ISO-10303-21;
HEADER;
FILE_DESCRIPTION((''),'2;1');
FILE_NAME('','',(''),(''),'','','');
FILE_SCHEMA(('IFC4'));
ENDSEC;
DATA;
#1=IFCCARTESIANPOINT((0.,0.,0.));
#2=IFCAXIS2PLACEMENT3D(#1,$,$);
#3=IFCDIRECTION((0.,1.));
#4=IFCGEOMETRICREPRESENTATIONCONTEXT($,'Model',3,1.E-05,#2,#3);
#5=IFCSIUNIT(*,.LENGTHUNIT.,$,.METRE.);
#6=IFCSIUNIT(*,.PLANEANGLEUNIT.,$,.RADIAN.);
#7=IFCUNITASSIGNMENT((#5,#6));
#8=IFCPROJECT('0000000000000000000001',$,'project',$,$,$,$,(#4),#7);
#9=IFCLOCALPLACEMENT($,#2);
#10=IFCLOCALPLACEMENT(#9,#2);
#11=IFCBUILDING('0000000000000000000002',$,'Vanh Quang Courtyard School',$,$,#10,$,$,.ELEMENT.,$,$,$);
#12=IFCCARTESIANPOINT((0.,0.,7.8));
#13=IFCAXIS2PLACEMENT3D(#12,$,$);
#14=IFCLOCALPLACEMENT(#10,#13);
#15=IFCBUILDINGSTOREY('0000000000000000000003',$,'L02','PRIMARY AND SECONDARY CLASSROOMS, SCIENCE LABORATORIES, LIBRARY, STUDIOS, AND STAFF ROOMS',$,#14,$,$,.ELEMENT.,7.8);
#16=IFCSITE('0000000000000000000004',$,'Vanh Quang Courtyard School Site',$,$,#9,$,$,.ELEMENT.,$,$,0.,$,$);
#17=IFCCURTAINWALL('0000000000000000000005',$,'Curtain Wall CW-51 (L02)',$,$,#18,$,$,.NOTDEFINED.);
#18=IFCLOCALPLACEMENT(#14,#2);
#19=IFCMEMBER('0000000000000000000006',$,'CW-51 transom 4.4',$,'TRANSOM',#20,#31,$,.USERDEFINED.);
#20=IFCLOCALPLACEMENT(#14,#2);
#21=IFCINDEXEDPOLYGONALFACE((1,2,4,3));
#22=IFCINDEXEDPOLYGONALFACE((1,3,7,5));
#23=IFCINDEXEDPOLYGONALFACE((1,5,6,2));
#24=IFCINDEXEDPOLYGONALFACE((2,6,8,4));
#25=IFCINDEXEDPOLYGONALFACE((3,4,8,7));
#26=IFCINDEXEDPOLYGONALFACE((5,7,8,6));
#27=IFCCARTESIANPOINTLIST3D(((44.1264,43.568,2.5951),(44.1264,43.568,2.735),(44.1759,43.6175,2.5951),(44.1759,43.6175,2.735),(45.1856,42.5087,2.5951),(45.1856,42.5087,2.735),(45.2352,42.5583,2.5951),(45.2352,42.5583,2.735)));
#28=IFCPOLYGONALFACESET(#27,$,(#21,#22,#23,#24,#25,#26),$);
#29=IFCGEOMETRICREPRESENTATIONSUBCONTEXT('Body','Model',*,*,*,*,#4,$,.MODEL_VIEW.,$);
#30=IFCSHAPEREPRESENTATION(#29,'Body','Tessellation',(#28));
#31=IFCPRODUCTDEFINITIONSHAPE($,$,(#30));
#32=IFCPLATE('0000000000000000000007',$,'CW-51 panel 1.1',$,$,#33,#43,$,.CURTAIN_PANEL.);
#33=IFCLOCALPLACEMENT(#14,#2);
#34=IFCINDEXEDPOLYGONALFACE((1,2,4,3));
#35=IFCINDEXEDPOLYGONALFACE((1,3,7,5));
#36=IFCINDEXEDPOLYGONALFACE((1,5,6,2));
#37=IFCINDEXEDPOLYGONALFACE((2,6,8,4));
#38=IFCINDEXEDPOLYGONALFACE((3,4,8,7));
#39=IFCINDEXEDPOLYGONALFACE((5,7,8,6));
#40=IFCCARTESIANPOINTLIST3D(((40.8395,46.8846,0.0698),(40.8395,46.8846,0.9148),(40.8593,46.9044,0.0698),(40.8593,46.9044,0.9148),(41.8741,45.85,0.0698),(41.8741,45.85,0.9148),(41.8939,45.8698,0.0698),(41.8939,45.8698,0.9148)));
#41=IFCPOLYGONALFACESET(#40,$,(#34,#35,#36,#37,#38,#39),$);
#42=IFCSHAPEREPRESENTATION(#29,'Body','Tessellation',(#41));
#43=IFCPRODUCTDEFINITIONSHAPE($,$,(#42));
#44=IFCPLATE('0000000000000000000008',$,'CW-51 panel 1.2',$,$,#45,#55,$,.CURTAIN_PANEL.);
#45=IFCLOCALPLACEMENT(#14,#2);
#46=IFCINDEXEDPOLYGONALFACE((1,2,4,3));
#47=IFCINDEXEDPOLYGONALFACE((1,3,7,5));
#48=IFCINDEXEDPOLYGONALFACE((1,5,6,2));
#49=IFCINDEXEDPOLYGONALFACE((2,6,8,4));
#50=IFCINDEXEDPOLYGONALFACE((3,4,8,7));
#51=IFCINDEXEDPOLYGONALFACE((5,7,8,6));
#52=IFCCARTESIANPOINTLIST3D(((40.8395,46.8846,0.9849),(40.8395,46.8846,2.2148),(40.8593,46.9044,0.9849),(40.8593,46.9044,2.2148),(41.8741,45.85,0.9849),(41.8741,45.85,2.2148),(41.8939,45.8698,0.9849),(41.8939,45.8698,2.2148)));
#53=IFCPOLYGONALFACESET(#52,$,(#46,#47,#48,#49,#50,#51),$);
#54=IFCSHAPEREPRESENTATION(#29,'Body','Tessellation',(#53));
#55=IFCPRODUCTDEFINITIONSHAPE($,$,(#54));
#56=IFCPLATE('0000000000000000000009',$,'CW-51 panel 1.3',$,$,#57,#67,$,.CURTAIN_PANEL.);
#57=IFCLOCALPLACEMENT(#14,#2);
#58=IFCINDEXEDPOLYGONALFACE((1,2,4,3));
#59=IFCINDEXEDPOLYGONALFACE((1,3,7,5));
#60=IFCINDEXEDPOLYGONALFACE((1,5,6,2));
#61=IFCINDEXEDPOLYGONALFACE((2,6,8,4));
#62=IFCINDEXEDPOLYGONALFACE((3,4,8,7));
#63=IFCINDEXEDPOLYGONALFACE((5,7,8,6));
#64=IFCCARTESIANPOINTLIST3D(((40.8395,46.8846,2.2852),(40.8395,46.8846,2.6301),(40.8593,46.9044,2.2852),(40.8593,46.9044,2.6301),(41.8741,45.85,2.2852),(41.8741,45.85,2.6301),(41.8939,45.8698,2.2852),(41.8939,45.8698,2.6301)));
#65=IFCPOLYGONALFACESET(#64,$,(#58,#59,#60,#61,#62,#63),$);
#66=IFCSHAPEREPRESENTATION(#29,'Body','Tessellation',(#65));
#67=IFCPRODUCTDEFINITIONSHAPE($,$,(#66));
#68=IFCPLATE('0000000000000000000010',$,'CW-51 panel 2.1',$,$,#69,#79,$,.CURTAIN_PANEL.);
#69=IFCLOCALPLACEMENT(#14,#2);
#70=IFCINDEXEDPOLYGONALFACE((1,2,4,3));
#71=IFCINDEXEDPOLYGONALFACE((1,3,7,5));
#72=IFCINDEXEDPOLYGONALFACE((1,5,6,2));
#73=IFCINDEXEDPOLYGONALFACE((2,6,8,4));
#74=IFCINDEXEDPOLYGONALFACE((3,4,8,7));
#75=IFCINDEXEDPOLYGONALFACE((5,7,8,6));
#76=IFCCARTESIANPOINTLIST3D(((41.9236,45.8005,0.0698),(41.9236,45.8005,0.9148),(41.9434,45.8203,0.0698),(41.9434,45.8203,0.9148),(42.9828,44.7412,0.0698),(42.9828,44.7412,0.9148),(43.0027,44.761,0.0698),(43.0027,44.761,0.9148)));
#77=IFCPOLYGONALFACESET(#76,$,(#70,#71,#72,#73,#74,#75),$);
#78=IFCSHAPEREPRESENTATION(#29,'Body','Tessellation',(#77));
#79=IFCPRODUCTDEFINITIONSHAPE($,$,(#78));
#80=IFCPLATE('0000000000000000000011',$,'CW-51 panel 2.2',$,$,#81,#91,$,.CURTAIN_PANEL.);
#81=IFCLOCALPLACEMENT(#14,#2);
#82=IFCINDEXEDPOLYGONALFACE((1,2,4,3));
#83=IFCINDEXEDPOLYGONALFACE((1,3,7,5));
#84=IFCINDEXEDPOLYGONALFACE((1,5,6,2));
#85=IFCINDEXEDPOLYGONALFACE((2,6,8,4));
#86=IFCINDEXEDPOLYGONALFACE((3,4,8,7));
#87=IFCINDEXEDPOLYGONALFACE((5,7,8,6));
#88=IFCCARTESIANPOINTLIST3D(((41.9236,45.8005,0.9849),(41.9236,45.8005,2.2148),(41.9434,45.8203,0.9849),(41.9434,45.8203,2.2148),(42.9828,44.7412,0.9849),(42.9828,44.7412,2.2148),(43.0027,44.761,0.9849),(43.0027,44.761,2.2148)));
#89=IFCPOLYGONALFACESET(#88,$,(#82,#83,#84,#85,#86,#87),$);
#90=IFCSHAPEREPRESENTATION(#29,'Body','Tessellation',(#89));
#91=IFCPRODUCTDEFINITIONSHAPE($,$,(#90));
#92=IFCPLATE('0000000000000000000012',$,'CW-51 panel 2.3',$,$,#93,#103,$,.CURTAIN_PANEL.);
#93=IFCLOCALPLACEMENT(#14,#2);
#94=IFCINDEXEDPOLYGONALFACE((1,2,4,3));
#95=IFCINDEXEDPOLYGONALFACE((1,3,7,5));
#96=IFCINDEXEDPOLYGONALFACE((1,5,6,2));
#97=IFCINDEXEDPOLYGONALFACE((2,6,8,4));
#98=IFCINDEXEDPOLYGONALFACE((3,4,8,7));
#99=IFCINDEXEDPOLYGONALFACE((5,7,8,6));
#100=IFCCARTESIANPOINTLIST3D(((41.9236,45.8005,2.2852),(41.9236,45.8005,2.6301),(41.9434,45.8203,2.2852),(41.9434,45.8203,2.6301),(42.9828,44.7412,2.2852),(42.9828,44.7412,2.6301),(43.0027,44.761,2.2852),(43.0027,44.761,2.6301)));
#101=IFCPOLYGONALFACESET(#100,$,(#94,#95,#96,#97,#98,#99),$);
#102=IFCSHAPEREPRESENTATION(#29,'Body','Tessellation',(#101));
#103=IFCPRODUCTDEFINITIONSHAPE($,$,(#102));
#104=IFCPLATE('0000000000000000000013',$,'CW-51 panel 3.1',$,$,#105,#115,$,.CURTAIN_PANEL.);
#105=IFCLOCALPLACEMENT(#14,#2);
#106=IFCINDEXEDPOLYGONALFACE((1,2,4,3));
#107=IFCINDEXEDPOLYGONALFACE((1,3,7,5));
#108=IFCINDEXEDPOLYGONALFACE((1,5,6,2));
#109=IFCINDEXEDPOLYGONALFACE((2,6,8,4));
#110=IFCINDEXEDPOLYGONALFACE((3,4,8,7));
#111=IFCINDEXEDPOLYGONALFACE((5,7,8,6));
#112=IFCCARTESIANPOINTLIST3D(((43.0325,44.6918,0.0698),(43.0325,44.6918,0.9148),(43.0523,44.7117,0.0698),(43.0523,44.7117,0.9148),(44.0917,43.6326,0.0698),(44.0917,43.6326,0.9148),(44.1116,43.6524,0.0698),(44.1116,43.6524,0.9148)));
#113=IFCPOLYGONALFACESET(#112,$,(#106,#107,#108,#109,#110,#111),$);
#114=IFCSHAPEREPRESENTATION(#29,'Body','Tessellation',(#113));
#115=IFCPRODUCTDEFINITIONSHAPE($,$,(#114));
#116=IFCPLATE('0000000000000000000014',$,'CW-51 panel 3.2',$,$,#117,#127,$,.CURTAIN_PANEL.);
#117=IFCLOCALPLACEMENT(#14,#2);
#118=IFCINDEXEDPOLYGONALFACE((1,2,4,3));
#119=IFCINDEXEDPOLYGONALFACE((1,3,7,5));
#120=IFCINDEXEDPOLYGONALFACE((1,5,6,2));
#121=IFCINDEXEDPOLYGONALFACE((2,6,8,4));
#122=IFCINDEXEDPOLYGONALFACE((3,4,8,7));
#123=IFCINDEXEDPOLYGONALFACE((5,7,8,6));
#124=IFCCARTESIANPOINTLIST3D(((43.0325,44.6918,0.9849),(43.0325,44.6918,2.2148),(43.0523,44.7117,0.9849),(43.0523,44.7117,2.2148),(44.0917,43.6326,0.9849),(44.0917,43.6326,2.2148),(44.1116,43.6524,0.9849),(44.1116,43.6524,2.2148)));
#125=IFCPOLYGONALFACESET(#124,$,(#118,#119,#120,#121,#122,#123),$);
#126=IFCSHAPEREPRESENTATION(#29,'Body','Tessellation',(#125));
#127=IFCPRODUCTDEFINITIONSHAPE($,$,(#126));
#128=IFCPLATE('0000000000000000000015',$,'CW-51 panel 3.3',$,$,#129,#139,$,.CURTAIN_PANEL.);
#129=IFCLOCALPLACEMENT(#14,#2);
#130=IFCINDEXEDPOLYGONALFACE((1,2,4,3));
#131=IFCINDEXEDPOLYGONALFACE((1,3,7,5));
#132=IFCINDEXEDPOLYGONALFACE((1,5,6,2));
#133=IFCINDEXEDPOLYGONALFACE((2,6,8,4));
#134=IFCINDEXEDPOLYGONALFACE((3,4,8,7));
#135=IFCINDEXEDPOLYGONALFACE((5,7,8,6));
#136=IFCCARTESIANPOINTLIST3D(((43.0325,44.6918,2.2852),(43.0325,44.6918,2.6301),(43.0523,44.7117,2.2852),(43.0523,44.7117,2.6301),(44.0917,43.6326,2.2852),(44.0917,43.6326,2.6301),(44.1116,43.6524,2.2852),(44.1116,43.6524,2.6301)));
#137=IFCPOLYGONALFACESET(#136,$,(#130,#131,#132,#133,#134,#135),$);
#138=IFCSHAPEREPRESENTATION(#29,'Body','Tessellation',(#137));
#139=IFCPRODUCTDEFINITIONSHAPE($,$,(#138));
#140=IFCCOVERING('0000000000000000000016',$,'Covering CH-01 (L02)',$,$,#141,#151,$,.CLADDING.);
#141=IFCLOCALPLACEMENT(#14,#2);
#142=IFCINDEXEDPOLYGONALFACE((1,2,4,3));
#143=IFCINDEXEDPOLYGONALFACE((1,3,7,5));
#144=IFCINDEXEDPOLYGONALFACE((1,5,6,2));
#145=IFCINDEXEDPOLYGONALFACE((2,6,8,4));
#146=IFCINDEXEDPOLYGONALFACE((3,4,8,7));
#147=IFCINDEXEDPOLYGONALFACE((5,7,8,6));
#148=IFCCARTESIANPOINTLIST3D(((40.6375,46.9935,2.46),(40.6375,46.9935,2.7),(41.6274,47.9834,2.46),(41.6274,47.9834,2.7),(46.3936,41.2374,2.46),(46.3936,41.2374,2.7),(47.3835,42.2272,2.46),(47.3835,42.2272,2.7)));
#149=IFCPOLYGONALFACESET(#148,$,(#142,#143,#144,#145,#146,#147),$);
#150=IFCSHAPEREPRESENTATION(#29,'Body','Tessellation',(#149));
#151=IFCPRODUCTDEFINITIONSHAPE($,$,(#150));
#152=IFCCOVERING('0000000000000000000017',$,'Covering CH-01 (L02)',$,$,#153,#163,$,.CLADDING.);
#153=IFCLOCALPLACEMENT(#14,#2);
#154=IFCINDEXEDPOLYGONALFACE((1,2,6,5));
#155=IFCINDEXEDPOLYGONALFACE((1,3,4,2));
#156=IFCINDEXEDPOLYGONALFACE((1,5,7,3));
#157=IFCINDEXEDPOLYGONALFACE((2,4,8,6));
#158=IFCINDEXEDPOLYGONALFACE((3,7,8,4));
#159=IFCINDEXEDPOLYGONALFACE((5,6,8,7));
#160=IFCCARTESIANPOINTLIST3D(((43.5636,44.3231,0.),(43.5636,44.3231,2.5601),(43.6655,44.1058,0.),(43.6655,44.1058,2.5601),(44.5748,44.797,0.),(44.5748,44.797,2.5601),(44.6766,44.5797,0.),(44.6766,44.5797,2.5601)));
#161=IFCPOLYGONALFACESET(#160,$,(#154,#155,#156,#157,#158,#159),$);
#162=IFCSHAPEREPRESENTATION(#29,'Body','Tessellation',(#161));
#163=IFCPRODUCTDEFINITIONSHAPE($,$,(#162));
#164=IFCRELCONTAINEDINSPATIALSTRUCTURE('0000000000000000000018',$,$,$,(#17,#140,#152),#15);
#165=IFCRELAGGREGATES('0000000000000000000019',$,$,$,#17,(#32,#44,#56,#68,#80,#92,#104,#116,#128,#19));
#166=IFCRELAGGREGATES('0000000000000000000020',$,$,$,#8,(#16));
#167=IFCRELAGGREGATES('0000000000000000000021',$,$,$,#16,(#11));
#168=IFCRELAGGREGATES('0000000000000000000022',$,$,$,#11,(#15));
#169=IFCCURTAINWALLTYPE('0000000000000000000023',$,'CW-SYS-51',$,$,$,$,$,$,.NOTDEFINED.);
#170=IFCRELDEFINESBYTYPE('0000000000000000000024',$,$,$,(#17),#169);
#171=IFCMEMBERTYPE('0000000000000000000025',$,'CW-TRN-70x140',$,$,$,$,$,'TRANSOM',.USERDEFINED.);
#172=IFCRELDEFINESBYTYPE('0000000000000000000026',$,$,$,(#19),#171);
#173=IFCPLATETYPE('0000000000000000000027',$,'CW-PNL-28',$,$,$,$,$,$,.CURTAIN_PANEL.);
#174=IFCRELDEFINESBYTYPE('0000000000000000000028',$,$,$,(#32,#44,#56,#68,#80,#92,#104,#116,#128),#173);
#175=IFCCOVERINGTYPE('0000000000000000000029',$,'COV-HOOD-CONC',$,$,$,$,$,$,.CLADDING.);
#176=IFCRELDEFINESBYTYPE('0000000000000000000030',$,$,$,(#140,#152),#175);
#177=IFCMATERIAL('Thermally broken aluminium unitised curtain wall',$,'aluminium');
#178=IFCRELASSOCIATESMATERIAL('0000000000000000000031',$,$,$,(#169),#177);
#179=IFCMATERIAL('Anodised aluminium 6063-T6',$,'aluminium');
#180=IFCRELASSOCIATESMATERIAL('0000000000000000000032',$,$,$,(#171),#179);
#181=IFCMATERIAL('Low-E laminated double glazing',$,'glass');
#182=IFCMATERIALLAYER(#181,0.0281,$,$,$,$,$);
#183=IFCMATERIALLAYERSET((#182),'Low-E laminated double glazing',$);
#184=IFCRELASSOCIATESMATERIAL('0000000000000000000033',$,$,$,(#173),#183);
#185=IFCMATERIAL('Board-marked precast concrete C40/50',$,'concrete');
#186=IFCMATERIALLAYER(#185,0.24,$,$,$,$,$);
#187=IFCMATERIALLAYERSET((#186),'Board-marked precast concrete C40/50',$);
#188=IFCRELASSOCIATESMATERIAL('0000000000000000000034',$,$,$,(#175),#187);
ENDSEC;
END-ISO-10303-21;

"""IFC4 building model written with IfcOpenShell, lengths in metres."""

from ifc_helpers import new_model, si_unit, direction, frame, origin, origin_2d, place, context, subcontext, project, spatial, rectangle, extrude, material, layer, layer_set, material_profile, profile_set, type_object, element, aggregate, save


model = new_model("IFC4")

# Units and contexts
model_context = context("Model", 3, precision=1e-05, world=origin(), true_north=direction((0.0, 1.0)))
body_context = subcontext(model_context, "Body", "Model", "MODEL_VIEW")
ifc_project = project(units=[si_unit("LENGTHUNIT", "METRE"), si_unit("PLANEANGLEUNIT", "RADIAN")], contexts=[model_context])

# Site, building, storey
site_placement = place(None, origin())
site = spatial("IfcSite", under=ifc_project, at=site_placement, Name="Vanh Quang Courtyard School Site", CompositionType="ELEMENT", RefElevation=0.0)
building_placement = place(site_placement, origin())
building = spatial("IfcBuilding", under=site, at=building_placement, Name="Vanh Quang Courtyard School", CompositionType="ELEMENT")
storey_placement = place(building_placement, frame((0.0, 0.0, 7.8)))
storey = spatial("IfcBuildingStorey", under=building, at=storey_placement, Name="L02", Description="PRIMARY AND SECONDARY CLASSROOMS, SCIENCE LABORATORIES, LIBRARY, STUDIOS, AND STAFF ROOMS", CompositionType="ELEMENT", Elevation=7.8)

# Curtain wall, member, plates
ifc_material_1 = material(Name="Thermally broken aluminium unitised curtain wall", Category="aluminium")
curtain_wall_type = type_object("IfcCurtainWallType", Name="CW-SYS-51", PredefinedType="NOTDEFINED", material=ifc_material_1)
curtain_wall_placement = place(storey_placement, origin())
curtain_wall = element("IfcCurtainWall", 1, at=curtain_wall_placement, inside=storey, type_object=curtain_wall_type, Name="Curtain Wall CW-51 (L02)", PredefinedType="NOTDEFINED")
ifc_material_2 = material(Name="Anodised aluminium 6063-T6", Category="aluminium")
ifc_material_profile_1 = material_profile(ifc_material_2, rectangle(XDim=0.0701, YDim=0.1399, at=origin_2d()), Name="ALU-TRN 70x140")
ifc_profile_set_1 = profile_set([ifc_material_profile_1], Name="Anodised aluminium 6063-T6")
member_type_1 = type_object("IfcMemberType", Name="CW-TRN-70x140", ElementType="TRANSOM", PredefinedType="USERDEFINED", material=ifc_profile_set_1)
member_1_placement = place(storey_placement, frame((44.1511, 43.5928, 2.665), z_axis=(0.707107, -0.707107, 0.0), x_axis=(0.707107, 0.707107, 0.0)))
member_1 = element("IfcMember", 2, at=member_1_placement, type_object=member_type_1, Name="CW-51 transom 4.4", ObjectType="TRANSOM", PredefinedType="USERDEFINED", context=body_context, shape_type="SweptSolid", body=[
    extrude(rectangle(XDim=0.0701, YDim=0.1399, at=origin_2d()), origin(), (0.0, 0.0, 1.0), 1.498),
])
ifc_material_3 = material(Name="Low-E laminated double glazing", Category="glass")
ifc_layer_1 = layer(ifc_material_3, 0.0281)
ifc_layer_set_1 = layer_set([ifc_layer_1], Name="Low-E laminated double glazing")
plate_type = type_object("IfcPlateType", Name="CW-PNL-28", PredefinedType="CURTAIN_PANEL", material=ifc_layer_set_1)
plate_1_placement = place(storey_placement, frame((41.3667, 46.3772, 0.0698), z_axis=(0.0, 0.0, 1.0), x_axis=(0.707107, -0.707107, 0.0)))
plate_1 = element("IfcPlate", 3, at=plate_1_placement, type_object=plate_type, Name="CW-51 panel 1.1", PredefinedType="CURTAIN_PANEL", context=body_context, shape_type="SweptSolid", body=[
    extrude(rectangle(XDim=1.4631, YDim=0.0281, at=origin_2d()), origin(), (0.0, 0.0, 1.0), 0.845),
])
plate_2_placement = place(storey_placement, frame((41.3667, 46.3772, 0.9849), z_axis=(0.0, 0.0, 1.0), x_axis=(0.707107, -0.707107, 0.0)))
plate_2 = element("IfcPlate", 4, at=plate_2_placement, type_object=plate_type, Name="CW-51 panel 1.2", PredefinedType="CURTAIN_PANEL", context=body_context, shape_type="SweptSolid", body=[
    extrude(rectangle(XDim=1.4631, YDim=0.0281, at=origin_2d()), origin(), (0.0, 0.0, 1.0), 1.23),
])
plate_3_placement = place(storey_placement, frame((41.3667, 46.3772, 2.2852), z_axis=(0.0, 0.0, 1.0), x_axis=(0.707107, -0.707107, 0.0)))
plate_3 = element("IfcPlate", 5, at=plate_3_placement, type_object=plate_type, Name="CW-51 panel 1.3", PredefinedType="CURTAIN_PANEL", context=body_context, shape_type="SweptSolid", body=[
    extrude(rectangle(XDim=1.4631, YDim=0.0281, at=origin_2d()), origin(), (0.0, 0.0, 1.0), 0.345),
])
plate_4_placement = place(storey_placement, frame((42.4631, 45.2808, 0.0698), z_axis=(0.0, 0.0, 1.0), x_axis=(0.707107, -0.707107, 0.0)))
plate_4 = element("IfcPlate", 6, at=plate_4_placement, type_object=plate_type, Name="CW-51 panel 2.1", PredefinedType="CURTAIN_PANEL", context=body_context, shape_type="SweptSolid", body=[
    extrude(rectangle(XDim=1.498, YDim=0.0281, at=origin_2d()), origin(), (0.0, 0.0, 1.0), 0.845),
])
plate_5_placement = place(storey_placement, frame((42.4631, 45.2808, 0.9849), z_axis=(0.0, 0.0, 1.0), x_axis=(0.707107, -0.707107, 0.0)))
plate_5 = element("IfcPlate", 7, at=plate_5_placement, type_object=plate_type, Name="CW-51 panel 2.2", PredefinedType="CURTAIN_PANEL", context=body_context, shape_type="SweptSolid", body=[
    extrude(rectangle(XDim=1.498, YDim=0.0281, at=origin_2d()), origin(), (0.0, 0.0, 1.0), 1.23),
])
plate_6_placement = place(storey_placement, frame((42.4631, 45.2808, 2.2852), z_axis=(0.0, 0.0, 1.0), x_axis=(0.707107, -0.707107, 0.0)))
plate_6 = element("IfcPlate", 8, at=plate_6_placement, type_object=plate_type, Name="CW-51 panel 2.3", PredefinedType="CURTAIN_PANEL", context=body_context, shape_type="SweptSolid", body=[
    extrude(rectangle(XDim=1.498, YDim=0.0281, at=origin_2d()), origin(), (0.0, 0.0, 1.0), 0.345),
])
plate_7_placement = place(storey_placement, frame((43.572, 44.1721, 0.0698), z_axis=(0.0, 0.0, 1.0), x_axis=(0.707107, -0.707107, 0.0)))
plate_7 = element("IfcPlate", 9, at=plate_7_placement, type_object=plate_type, Name="CW-51 panel 3.1", PredefinedType="CURTAIN_PANEL", context=body_context, shape_type="SweptSolid", body=[
    extrude(rectangle(XDim=1.498, YDim=0.0281, at=origin_2d()), origin(), (0.0, 0.0, 1.0), 0.845),
])
plate_8_placement = place(storey_placement, frame((43.572, 44.1721, 0.9849), z_axis=(0.0, 0.0, 1.0), x_axis=(0.707107, -0.707107, 0.0)))
plate_8 = element("IfcPlate", 10, at=plate_8_placement, type_object=plate_type, Name="CW-51 panel 3.2", PredefinedType="CURTAIN_PANEL", context=body_context, shape_type="SweptSolid", body=[
    extrude(rectangle(XDim=1.498, YDim=0.0281, at=origin_2d()), origin(), (0.0, 0.0, 1.0), 1.23),
])
plate_9_placement = place(storey_placement, frame((43.572, 44.1721, 2.2852), z_axis=(0.0, 0.0, 1.0), x_axis=(0.707107, -0.707107, 0.0)))
plate_9 = element("IfcPlate", 11, at=plate_9_placement, type_object=plate_type, Name="CW-51 panel 3.3", PredefinedType="CURTAIN_PANEL", context=body_context, shape_type="SweptSolid", body=[
    extrude(rectangle(XDim=1.498, YDim=0.0281, at=origin_2d()), origin(), (0.0, 0.0, 1.0), 0.345),
])
aggregate(curtain_wall, [plate_1, plate_2, plate_3, plate_4, plate_5, plate_6, plate_7, plate_8, plate_9, member_1])

# Coverings
ifc_material_4 = material(Name="Board-marked precast concrete C40/50", Category="concrete")
ifc_layer_2 = layer(ifc_material_4, 0.24)
ifc_layer_set_2 = layer_set([ifc_layer_2], Name="Board-marked precast concrete C40/50")
covering_type = type_object("IfcCoveringType", Name="COV-HOOD-CONC", PredefinedType="CLADDING", material=ifc_layer_set_2)
covering_1_placement = place(storey_placement, frame((44.0105, 44.6104, 2.46), z_axis=(0.0, 0.0, 1.0), x_axis=(0.707107, -0.707107, 0.0)))
element("IfcCovering", 12, at=covering_1_placement, inside=storey, type_object=covering_type, Name="Covering CH-01 (L02)", PredefinedType="CLADDING", context=body_context, shape_type="SweptSolid", body=[
    extrude(rectangle(XDim=8.1404, YDim=1.3999, at=origin_2d()), origin(), (0.0, 0.0, 1.0), 0.24),
])
covering_2_placement = place(storey_placement, frame((44.1201, 44.4514, 0.0), z_axis=(0.0, 0.0, 1.0), x_axis=(0.905495, 0.424357, 0.0)))
element("IfcCovering", 13, at=covering_2_placement, inside=storey, type_object=covering_type, Name="Covering CH-01 (L02)", PredefinedType="CLADDING", context=body_context, shape_type="SweptSolid", body=[
    extrude(rectangle(XDim=1.1167, YDim=0.24, at=origin_2d()), origin(), (0.0, 0.0, 1.0), 2.5601),
])

save(model, "model.ifc")
